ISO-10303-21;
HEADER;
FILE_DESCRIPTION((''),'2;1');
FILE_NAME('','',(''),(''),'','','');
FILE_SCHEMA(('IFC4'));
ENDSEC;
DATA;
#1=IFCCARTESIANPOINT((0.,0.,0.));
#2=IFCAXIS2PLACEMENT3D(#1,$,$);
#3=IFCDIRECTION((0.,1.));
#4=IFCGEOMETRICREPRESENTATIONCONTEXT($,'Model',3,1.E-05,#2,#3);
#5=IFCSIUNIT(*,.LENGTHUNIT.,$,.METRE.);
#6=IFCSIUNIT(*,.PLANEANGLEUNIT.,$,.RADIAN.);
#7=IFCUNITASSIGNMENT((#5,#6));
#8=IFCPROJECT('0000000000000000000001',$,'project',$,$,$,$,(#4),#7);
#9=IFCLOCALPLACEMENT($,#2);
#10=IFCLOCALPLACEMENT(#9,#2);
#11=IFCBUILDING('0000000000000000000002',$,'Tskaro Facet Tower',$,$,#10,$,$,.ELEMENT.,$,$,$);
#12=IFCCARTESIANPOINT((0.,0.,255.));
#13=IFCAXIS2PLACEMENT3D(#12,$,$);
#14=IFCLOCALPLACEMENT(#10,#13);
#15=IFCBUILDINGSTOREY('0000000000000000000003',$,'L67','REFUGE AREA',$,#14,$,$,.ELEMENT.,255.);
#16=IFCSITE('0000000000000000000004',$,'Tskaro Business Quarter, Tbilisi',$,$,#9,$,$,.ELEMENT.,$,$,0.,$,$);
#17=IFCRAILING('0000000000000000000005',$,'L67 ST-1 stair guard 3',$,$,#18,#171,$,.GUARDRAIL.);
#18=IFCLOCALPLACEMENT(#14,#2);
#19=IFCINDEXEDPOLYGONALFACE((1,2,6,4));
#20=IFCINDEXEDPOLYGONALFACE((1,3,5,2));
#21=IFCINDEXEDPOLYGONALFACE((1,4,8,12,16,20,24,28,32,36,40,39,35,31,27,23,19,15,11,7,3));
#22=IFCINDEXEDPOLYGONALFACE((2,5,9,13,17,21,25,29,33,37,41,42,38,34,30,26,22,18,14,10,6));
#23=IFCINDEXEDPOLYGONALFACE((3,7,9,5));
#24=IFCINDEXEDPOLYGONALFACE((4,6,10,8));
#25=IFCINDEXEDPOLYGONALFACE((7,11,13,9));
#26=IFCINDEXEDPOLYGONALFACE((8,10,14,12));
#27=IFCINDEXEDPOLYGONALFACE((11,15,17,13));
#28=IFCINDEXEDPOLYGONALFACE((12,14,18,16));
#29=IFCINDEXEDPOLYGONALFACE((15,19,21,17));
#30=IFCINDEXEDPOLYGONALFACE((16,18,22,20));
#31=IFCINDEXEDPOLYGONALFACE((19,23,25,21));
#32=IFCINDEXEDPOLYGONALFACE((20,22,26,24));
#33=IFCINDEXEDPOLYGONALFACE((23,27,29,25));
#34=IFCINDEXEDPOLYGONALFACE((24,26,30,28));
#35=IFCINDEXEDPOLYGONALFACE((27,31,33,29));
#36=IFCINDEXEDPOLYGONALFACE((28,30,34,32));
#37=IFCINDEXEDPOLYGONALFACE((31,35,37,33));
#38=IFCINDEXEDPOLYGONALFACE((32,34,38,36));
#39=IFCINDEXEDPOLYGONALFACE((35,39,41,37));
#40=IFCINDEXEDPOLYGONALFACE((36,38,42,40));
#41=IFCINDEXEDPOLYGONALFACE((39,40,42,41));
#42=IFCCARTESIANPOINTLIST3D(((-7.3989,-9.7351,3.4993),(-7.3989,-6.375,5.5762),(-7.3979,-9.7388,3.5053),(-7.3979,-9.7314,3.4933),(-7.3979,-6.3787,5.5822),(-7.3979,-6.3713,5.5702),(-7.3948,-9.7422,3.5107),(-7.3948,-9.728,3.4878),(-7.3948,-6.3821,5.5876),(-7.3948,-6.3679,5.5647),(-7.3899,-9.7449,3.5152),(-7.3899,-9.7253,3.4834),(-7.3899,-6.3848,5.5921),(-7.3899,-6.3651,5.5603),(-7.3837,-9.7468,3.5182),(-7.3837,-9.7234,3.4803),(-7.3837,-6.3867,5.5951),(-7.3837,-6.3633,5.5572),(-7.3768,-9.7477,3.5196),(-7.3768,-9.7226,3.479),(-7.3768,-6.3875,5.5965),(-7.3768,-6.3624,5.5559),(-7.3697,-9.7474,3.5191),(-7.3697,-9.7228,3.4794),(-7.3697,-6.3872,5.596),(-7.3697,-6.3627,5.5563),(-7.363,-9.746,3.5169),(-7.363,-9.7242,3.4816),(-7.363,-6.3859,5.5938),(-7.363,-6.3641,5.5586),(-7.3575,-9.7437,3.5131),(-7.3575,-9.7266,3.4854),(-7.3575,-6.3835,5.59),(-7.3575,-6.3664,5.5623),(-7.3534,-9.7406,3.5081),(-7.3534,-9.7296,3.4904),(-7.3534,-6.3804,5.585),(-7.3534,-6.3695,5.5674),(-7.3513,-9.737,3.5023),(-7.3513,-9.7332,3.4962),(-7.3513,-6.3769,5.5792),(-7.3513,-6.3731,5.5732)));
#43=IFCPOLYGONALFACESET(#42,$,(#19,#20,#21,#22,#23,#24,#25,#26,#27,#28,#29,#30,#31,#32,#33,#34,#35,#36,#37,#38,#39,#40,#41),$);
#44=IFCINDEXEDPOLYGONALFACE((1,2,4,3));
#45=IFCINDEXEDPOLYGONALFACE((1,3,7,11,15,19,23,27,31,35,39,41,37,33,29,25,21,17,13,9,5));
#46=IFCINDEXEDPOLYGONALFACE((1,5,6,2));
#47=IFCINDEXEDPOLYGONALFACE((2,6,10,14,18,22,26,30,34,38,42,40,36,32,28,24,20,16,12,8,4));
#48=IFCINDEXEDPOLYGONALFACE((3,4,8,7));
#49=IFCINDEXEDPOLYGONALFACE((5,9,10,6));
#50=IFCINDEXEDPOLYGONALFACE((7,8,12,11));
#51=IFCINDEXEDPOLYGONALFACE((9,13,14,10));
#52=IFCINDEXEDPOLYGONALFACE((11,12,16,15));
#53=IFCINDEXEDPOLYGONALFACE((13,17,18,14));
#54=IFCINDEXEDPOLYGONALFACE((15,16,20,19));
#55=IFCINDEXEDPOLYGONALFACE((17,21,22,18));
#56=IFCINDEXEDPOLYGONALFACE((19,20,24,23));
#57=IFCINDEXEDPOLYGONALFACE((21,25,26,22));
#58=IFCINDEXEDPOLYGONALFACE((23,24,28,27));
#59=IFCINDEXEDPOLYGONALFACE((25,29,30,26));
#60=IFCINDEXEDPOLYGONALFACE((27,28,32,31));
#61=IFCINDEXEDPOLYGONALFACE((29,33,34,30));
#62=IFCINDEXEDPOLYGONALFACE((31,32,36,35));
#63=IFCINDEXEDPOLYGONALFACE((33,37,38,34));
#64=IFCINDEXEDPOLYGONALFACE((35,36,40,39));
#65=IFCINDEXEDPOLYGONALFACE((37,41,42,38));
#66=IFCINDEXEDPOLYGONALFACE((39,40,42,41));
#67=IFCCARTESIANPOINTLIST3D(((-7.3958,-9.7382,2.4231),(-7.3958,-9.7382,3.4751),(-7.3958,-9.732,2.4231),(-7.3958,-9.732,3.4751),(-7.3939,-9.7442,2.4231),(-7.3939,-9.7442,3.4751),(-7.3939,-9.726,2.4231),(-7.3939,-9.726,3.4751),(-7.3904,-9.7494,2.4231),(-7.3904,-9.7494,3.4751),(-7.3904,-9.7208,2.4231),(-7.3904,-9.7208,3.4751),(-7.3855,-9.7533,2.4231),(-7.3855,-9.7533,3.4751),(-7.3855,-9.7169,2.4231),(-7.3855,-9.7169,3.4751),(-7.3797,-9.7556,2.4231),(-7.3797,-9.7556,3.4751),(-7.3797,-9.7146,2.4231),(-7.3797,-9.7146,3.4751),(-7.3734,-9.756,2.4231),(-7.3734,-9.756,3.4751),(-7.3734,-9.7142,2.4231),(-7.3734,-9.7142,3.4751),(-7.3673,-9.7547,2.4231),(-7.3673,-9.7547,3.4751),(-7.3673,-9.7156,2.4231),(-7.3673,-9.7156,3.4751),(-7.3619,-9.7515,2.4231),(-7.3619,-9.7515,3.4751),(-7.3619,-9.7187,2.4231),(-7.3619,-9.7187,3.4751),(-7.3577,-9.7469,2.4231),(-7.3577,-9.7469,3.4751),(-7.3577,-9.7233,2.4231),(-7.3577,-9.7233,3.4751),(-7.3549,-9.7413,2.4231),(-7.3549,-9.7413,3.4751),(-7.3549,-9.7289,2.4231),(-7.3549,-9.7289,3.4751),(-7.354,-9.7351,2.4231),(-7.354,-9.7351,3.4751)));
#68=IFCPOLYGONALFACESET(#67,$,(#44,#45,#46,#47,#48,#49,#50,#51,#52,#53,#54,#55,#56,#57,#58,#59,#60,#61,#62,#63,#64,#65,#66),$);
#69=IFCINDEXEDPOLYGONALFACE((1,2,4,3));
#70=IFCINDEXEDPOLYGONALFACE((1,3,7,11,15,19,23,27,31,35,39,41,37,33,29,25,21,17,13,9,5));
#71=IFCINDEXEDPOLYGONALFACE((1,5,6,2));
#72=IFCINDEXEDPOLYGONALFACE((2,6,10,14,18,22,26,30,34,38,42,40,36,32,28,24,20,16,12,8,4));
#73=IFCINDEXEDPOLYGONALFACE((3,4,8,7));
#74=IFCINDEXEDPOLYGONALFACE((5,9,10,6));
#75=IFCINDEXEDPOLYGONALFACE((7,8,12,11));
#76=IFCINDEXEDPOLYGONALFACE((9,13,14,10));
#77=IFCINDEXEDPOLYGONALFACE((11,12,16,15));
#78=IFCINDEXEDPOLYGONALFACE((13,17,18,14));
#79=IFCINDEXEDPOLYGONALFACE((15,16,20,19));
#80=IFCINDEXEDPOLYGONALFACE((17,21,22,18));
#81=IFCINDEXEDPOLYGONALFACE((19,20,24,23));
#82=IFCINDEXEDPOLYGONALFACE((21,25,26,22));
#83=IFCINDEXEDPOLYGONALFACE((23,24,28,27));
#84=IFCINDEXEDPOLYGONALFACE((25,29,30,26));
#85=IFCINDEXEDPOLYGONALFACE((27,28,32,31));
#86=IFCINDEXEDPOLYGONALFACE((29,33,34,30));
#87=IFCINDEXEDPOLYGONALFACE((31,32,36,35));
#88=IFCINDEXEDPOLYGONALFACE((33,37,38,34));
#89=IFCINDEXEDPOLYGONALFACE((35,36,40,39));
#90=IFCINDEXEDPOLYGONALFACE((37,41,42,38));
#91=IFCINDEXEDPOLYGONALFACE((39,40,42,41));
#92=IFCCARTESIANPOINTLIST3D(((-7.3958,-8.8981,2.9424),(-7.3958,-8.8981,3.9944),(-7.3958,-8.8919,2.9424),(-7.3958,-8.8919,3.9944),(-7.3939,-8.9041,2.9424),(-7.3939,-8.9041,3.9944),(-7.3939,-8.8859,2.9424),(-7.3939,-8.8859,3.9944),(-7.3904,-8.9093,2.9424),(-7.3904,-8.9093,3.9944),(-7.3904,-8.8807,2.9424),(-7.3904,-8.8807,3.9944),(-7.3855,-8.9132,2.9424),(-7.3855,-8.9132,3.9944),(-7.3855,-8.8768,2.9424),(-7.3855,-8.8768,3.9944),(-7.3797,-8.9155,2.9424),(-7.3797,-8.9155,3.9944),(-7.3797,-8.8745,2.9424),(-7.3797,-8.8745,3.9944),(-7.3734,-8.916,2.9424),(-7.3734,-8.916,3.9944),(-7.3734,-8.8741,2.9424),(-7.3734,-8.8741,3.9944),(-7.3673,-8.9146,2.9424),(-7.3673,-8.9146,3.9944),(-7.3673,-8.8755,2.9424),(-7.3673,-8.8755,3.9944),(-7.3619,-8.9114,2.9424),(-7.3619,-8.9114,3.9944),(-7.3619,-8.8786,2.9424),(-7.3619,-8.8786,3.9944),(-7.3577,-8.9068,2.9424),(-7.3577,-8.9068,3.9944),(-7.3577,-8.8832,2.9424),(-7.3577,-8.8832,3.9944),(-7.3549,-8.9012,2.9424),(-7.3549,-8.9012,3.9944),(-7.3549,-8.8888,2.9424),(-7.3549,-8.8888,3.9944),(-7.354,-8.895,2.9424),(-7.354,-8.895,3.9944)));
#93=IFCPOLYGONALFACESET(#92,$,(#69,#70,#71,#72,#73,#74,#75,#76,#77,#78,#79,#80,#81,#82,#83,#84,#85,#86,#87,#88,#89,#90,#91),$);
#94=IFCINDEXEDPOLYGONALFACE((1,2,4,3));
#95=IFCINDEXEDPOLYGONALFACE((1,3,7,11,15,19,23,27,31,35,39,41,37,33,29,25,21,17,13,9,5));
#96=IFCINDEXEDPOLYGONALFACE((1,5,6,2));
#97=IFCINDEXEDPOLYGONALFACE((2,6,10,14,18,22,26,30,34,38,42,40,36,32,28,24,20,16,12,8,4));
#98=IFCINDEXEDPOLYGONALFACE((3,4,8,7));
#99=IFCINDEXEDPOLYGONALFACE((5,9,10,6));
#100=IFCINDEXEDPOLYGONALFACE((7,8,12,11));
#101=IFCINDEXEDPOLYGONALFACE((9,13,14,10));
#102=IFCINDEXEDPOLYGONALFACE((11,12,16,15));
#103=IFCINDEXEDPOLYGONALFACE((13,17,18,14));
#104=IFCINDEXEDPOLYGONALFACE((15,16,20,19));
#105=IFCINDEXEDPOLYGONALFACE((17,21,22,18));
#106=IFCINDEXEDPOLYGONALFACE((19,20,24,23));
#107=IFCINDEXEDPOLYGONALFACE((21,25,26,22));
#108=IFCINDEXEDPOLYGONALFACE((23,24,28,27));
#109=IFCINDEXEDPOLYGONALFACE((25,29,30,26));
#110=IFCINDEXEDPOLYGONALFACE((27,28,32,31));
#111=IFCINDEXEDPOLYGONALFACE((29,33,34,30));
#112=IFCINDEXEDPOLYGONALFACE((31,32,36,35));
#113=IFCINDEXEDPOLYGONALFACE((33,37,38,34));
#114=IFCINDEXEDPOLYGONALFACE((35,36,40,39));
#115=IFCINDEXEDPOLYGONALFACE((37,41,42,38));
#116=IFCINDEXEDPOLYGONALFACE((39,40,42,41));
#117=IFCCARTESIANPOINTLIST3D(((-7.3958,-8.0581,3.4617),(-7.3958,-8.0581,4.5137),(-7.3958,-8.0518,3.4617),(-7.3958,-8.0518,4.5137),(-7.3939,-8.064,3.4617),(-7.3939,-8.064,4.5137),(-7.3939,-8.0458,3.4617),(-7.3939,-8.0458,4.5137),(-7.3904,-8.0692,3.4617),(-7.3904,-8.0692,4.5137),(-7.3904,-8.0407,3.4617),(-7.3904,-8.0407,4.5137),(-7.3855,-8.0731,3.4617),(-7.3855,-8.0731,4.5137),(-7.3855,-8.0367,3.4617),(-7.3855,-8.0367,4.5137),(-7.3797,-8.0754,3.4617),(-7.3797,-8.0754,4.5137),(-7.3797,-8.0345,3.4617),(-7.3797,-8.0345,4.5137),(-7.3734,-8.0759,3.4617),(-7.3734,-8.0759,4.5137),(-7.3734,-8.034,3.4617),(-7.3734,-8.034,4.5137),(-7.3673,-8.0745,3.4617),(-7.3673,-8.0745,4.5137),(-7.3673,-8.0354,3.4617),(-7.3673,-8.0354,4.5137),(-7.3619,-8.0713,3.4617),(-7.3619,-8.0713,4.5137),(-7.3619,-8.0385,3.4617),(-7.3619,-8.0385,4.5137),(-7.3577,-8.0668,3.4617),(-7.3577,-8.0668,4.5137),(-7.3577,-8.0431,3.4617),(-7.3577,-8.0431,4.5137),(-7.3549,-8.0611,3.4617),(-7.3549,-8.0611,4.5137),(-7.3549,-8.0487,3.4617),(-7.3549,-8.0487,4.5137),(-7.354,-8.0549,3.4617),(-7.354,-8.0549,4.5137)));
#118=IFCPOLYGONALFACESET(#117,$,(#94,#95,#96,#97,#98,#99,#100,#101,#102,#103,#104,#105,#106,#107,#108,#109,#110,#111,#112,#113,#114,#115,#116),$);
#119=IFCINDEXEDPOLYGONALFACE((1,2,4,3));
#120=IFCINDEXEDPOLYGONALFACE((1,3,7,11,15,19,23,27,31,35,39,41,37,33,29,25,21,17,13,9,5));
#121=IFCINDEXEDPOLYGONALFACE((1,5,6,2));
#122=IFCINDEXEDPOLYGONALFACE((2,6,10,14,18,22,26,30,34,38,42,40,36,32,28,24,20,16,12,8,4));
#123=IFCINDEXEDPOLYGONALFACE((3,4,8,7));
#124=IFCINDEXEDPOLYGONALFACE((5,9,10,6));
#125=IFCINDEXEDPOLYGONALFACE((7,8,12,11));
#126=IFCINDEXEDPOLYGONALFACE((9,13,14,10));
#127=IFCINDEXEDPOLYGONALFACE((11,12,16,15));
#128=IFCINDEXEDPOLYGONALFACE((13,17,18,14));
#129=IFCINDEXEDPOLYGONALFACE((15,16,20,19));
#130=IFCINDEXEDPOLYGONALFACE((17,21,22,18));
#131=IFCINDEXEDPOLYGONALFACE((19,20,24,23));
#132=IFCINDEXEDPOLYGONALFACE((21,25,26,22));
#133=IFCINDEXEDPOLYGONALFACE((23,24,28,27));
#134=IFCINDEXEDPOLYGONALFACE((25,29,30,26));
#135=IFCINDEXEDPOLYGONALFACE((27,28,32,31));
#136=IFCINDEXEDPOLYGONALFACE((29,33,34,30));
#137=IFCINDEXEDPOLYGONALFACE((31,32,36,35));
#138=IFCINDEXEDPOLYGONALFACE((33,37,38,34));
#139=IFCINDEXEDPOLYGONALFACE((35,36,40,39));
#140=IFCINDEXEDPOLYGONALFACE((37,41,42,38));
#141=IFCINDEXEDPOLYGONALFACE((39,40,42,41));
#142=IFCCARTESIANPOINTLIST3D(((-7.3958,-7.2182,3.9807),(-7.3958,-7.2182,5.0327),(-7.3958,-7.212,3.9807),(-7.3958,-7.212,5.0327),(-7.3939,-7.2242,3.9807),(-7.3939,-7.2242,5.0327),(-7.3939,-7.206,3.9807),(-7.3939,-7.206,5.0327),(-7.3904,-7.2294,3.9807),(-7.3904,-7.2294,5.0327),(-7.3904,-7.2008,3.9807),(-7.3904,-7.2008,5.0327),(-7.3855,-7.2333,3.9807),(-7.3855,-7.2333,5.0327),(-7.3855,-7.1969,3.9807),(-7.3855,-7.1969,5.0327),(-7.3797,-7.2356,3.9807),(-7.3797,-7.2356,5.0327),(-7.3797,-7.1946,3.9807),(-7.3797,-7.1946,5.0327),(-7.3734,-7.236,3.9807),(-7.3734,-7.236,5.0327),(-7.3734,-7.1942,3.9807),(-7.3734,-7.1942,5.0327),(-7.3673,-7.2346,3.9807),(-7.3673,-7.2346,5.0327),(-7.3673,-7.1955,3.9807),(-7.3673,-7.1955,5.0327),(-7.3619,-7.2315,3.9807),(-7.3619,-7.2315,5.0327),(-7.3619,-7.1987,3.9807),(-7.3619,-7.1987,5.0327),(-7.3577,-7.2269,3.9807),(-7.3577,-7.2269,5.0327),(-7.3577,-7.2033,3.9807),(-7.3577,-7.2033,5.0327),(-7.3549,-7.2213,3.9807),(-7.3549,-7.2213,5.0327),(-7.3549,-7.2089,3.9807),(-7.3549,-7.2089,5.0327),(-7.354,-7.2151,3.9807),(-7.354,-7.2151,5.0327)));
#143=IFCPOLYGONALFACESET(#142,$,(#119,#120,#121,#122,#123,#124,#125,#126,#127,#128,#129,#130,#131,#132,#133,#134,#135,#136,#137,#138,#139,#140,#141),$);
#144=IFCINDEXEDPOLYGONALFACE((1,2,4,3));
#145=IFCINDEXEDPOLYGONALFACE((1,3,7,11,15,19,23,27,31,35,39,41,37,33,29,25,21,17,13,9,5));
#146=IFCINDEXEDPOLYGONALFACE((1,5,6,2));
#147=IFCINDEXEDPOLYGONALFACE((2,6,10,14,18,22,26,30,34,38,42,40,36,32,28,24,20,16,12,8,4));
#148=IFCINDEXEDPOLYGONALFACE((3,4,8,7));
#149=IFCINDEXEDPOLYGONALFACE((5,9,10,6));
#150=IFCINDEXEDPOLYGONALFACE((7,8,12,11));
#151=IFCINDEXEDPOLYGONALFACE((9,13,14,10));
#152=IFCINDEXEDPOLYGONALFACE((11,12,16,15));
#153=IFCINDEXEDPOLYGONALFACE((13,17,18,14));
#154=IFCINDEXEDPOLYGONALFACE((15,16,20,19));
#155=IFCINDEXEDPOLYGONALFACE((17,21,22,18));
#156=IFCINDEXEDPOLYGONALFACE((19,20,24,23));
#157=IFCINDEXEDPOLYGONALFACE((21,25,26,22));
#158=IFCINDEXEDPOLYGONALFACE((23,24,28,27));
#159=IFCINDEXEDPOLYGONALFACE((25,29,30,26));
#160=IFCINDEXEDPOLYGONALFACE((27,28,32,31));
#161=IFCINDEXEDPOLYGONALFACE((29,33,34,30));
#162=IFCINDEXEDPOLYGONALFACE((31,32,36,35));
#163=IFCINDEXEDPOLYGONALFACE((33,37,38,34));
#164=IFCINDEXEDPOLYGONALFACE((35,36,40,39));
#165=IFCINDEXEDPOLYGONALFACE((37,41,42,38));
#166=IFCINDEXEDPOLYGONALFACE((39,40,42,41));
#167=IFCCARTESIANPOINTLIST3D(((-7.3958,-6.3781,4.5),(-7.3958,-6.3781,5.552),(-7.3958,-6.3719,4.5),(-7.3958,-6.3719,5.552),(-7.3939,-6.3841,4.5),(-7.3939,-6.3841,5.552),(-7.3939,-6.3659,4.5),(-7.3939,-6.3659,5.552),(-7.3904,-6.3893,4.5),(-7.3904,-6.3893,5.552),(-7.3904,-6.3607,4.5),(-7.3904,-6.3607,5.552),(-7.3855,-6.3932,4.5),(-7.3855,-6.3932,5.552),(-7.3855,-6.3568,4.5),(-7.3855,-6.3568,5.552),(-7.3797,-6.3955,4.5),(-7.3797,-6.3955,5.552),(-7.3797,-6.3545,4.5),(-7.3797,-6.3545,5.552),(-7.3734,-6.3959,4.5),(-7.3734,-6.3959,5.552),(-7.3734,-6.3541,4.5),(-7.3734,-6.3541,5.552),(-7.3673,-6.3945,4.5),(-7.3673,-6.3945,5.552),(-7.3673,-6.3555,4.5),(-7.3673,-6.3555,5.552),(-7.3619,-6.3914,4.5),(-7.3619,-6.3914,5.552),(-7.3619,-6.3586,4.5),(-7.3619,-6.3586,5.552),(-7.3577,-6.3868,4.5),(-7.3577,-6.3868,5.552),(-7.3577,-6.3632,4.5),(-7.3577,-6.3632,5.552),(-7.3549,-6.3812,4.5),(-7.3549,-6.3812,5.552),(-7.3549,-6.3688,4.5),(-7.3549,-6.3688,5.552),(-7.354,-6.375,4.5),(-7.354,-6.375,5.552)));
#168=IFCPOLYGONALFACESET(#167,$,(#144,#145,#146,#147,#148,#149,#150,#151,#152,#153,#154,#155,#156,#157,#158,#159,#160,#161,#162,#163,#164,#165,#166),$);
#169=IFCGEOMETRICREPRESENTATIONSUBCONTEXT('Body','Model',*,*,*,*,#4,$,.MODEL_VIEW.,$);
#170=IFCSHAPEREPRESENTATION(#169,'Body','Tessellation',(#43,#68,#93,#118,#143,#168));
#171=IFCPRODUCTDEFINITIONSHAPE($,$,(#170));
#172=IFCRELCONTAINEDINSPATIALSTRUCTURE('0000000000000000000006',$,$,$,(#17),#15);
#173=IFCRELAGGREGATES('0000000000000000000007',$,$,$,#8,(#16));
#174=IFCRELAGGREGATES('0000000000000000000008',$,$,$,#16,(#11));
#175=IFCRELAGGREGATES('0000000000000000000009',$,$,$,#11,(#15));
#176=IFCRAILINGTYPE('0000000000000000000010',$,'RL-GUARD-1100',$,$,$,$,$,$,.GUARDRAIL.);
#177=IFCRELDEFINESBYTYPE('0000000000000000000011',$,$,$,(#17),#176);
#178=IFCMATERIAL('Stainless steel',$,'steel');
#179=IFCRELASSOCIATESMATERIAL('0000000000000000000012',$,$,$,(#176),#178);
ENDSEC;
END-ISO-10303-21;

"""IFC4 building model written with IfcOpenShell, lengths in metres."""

from ifc_helpers import new_model, si_unit, direction, frame, origin, origin_2d, place, context, subcontext, project, spatial, circle, extrude, material, type_object, element, save


model = new_model("IFC4")

# Units and contexts
model_context = context("Model", 3, precision=1e-05, world=origin(), true_north=direction((0.0, 1.0)))
body_context = subcontext(model_context, "Body", "Model", "MODEL_VIEW")
ifc_project = project(units=[si_unit("LENGTHUNIT", "METRE"), si_unit("PLANEANGLEUNIT", "RADIAN")], contexts=[model_context])

# Site, building, storey
site_placement = place(None, origin())
site = spatial("IfcSite", under=ifc_project, at=site_placement, Name="Tskaro Business Quarter, Tbilisi", CompositionType="ELEMENT", RefElevation=0.0)
building_placement = place(site_placement, origin())
building = spatial("IfcBuilding", under=site, at=building_placement, Name="Tskaro Facet Tower", CompositionType="ELEMENT")
storey_placement = place(building_placement, frame((0.0, 0.0, 255.0)))
storey = spatial("IfcBuildingStorey", under=building, at=storey_placement, Name="L67", Description="REFUGE AREA", CompositionType="ELEMENT", Elevation=255.0)

# Shared definitions
ifc_material_1 = material(Name="Stainless steel", Category="steel")

# Railing
railing_type_1 = type_object("IfcRailingType", Name="RL-GUARD-1100", PredefinedType="GUARDRAIL", material=ifc_material_1)
railing_1_placement = place(storey_placement, frame((-7.375, -9.7351, 2.4231)))
element("IfcRailing", 1, at=railing_1_placement, inside=storey, type_object=railing_type_1, Name="L67 ST-1 stair guard 3", PredefinedType="GUARDRAIL", context=body_context, shape_type="SweptSolid", body=[
    extrude(circle(Radius=0.0239, at=origin_2d()), frame((0.0, 0.0, 1.0762), z_axis=(0.0, 0.850623, 0.525776), x_axis=(-1.0, 0.0, 0.0)), (0.0, 0.0, 1.0), 3.9502),
    extrude(circle(Radius=0.021, at=origin_2d()), origin(), (0.0, 0.0, 1.0), 1.052),
    extrude(circle(Radius=0.021, at=origin_2d()), frame((0.0, 0.8401, 0.5193)), (0.0, 0.0, 1.0), 1.052),
    extrude(circle(Radius=0.021, at=origin_2d()), frame((0.0, 1.6802, 1.0386)), (0.0, 0.0, 1.0), 1.052),
    extrude(circle(Radius=0.021, at=origin_2d()), frame((0.0, 2.52, 1.5576)), (0.0, 0.0, 1.0), 1.052),
    extrude(circle(Radius=0.021, at=origin_2d()), frame((0.0, 3.3601, 2.0769)), (0.0, 0.0, 1.0), 1.052),
])

save(model, "model.ifc")
